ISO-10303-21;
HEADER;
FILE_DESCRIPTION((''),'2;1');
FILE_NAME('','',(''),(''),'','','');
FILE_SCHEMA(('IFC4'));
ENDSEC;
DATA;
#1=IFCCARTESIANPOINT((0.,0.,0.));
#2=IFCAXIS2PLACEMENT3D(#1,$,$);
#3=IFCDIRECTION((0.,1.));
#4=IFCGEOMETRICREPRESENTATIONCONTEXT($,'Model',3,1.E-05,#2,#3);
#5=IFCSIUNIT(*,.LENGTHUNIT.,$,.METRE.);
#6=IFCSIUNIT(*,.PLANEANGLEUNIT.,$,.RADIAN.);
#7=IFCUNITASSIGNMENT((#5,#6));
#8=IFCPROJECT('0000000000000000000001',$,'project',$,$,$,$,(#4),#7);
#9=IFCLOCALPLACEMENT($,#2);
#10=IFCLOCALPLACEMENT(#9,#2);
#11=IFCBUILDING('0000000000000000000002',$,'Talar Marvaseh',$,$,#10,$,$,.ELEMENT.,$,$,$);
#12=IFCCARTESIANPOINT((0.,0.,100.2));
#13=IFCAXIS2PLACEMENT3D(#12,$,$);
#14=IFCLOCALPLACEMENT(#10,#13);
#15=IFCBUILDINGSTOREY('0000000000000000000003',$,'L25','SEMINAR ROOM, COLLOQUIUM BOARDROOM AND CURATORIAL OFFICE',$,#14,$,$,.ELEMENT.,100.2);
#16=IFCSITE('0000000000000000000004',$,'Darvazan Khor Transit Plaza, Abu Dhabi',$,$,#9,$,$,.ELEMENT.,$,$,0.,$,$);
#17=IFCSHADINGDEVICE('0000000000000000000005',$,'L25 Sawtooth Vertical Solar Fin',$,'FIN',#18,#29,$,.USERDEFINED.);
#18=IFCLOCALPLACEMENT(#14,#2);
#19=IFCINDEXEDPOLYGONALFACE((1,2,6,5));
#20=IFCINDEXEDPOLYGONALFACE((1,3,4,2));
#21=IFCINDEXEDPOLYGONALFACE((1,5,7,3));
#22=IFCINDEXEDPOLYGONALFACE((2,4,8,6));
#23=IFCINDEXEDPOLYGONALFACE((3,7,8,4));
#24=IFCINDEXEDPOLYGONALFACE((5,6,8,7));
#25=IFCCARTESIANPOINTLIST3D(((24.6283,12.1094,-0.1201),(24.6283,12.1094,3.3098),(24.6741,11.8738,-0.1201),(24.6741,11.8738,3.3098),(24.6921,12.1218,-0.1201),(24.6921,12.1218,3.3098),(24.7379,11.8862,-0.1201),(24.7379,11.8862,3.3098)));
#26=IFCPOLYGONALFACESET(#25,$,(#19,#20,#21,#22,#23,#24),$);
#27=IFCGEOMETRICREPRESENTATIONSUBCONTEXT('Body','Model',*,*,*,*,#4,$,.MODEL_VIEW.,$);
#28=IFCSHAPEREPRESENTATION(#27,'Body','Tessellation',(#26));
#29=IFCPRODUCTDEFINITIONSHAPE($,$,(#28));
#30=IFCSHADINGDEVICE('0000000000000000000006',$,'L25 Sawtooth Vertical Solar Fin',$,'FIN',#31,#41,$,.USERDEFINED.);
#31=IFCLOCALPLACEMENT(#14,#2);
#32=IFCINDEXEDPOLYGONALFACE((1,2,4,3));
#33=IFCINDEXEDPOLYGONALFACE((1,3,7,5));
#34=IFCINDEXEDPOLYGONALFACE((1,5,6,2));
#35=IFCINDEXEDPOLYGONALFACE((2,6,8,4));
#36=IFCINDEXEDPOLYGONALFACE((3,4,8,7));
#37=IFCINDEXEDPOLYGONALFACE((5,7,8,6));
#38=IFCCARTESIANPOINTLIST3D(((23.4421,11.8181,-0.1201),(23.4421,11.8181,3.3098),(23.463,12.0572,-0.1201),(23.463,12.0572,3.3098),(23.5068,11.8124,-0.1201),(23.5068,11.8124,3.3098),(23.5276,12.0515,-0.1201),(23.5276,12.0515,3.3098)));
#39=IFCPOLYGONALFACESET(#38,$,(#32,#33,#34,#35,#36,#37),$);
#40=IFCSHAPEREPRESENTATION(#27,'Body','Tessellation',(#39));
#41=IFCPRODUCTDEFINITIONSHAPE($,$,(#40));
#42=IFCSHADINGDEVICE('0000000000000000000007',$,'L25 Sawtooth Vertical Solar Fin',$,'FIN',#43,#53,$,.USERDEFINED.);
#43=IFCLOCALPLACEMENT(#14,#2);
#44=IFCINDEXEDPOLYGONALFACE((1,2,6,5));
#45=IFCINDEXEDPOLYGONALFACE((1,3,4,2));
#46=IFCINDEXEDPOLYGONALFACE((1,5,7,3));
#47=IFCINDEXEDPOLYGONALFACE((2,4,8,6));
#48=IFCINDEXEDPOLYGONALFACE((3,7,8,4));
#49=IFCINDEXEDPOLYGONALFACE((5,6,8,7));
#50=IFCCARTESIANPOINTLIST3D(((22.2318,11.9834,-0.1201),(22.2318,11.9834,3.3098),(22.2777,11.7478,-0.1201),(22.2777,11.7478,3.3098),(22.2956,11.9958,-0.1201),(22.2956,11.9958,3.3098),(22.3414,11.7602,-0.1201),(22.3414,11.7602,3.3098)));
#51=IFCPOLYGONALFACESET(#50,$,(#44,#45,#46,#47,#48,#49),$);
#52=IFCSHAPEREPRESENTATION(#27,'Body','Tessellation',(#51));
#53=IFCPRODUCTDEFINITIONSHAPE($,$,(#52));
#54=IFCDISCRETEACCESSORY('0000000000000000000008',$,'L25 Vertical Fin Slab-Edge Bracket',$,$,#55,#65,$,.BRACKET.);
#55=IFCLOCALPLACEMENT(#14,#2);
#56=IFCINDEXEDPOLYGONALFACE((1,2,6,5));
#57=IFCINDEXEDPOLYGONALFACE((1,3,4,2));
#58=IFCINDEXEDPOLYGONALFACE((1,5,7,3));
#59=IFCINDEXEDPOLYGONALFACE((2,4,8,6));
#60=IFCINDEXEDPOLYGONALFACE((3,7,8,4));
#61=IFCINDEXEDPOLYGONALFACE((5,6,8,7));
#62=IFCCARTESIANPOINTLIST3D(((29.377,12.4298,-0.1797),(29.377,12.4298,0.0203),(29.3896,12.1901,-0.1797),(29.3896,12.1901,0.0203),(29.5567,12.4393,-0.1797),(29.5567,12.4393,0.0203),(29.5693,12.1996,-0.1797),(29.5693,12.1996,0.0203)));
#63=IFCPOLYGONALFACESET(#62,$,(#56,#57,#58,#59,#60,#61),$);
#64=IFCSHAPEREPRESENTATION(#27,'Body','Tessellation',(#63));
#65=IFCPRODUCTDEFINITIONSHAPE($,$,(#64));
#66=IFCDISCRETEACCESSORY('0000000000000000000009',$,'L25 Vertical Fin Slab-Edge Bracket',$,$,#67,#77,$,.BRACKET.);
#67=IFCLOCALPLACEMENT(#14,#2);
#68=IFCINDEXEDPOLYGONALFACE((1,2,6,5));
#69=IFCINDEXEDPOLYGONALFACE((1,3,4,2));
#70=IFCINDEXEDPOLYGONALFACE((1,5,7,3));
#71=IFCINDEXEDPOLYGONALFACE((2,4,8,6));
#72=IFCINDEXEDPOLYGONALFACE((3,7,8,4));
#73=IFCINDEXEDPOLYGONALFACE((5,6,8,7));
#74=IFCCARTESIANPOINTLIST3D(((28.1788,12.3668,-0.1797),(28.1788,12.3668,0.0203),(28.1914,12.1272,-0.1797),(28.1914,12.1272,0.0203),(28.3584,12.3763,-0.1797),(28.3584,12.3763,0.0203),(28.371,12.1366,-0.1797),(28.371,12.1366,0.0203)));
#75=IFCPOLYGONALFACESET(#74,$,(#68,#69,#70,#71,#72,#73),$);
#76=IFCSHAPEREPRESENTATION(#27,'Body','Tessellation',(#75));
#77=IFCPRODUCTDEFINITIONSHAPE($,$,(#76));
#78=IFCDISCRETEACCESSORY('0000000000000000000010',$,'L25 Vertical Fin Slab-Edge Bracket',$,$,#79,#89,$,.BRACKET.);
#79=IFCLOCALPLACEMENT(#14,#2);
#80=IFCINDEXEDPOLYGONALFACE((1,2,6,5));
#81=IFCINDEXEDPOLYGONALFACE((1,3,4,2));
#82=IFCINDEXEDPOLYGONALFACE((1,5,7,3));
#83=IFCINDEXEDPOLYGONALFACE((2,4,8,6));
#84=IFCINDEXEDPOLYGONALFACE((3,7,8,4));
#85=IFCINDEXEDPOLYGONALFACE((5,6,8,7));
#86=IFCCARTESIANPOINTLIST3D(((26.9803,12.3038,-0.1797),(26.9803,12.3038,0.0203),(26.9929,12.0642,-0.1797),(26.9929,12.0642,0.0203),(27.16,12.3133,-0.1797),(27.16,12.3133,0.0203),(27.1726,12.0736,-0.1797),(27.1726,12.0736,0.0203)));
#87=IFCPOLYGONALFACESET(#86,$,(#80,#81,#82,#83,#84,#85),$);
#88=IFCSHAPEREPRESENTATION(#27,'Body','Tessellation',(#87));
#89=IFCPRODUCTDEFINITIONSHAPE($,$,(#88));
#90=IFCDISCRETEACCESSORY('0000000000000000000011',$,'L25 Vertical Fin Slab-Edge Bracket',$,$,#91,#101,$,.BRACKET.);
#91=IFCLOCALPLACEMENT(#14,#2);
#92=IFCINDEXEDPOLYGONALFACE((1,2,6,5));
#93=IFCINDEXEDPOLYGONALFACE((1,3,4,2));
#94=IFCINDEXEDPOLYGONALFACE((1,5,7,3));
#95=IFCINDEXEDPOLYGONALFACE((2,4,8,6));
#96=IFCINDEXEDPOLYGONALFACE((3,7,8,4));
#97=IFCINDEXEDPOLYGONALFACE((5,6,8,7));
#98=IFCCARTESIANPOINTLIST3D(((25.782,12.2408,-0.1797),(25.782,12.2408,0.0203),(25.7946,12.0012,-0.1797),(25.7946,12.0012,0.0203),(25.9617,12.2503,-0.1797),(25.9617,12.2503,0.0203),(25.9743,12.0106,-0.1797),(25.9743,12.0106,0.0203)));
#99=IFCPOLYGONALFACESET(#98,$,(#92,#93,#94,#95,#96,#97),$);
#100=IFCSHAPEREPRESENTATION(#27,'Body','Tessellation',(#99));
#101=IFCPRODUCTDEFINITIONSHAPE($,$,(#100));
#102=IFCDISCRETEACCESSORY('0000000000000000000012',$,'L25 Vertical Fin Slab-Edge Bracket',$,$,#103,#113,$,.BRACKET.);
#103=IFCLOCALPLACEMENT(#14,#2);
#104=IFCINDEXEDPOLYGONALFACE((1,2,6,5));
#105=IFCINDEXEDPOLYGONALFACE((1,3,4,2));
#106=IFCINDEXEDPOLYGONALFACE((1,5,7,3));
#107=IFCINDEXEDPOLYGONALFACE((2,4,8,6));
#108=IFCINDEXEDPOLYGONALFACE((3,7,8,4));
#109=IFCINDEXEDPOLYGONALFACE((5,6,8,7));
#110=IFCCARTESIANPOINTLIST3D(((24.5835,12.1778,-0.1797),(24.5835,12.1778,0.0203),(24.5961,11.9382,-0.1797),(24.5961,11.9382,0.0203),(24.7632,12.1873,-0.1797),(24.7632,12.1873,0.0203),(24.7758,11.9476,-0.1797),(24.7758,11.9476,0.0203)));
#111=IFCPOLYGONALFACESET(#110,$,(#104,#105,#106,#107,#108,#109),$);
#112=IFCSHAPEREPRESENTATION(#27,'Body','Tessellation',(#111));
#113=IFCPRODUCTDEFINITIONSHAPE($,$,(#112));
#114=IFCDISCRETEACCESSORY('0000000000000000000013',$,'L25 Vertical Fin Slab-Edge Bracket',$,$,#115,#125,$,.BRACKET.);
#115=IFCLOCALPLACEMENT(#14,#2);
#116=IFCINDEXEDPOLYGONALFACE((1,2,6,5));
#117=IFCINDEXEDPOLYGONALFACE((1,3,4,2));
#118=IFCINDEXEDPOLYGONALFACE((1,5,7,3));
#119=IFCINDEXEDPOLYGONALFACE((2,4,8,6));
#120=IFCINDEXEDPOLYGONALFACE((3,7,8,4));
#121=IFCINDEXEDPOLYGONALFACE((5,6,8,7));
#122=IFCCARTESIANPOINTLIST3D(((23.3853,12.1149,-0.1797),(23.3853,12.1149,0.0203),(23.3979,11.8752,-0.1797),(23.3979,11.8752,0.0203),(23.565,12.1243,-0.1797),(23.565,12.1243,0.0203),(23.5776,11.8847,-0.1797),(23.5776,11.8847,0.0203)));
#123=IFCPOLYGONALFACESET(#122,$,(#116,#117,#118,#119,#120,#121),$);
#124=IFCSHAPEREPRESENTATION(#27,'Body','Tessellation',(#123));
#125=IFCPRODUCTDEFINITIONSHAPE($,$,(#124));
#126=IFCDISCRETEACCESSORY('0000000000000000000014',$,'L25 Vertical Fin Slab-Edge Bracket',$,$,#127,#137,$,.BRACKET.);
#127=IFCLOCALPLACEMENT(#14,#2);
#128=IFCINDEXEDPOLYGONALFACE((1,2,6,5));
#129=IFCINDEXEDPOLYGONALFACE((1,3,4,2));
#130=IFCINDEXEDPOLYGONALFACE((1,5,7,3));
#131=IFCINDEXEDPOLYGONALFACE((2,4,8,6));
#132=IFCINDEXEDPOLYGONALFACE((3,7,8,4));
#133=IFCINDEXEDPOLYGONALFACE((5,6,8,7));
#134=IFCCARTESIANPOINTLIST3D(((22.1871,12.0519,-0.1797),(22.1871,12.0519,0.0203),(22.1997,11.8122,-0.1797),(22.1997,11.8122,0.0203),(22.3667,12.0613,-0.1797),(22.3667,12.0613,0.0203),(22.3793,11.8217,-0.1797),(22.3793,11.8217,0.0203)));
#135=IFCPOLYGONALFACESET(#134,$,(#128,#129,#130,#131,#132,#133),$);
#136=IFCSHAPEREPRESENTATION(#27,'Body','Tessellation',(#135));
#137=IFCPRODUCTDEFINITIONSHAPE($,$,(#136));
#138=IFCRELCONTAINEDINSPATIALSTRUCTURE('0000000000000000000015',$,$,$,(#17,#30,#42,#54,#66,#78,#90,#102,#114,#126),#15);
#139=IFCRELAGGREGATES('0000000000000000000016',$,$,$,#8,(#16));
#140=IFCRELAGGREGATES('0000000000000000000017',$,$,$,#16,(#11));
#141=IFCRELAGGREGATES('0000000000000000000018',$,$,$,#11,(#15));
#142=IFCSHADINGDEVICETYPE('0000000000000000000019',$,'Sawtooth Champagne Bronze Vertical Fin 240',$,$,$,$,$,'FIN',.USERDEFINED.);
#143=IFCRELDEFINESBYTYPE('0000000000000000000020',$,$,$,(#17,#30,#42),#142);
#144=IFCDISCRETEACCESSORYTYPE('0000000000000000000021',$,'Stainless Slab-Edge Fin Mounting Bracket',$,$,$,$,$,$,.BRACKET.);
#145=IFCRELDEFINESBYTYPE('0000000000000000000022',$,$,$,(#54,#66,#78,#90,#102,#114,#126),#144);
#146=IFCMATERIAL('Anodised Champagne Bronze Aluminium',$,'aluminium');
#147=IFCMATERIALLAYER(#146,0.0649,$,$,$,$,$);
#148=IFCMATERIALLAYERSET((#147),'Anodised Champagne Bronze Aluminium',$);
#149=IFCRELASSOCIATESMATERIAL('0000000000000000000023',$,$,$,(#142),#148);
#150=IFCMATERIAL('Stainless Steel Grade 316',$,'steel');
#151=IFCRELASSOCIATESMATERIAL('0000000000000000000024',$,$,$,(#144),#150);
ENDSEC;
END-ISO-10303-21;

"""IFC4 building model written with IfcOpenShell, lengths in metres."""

from ifc_helpers import new_model, si_unit, direction, frame, origin, origin_2d, place, context, subcontext, project, spatial, rectangle, extrude, source, transform, mapped, material, layer, layer_set, type_object, type_shapes, element, save


model = new_model("IFC4")

# Units and contexts
model_context = context("Model", 3, precision=1e-05, world=origin(), true_north=direction((0.0, 1.0)))
body_context = subcontext(model_context, "Body", "Model", "MODEL_VIEW")
ifc_project = project(units=[si_unit("LENGTHUNIT", "METRE"), si_unit("PLANEANGLEUNIT", "RADIAN")], contexts=[model_context])

# Site, building, storey
site_placement = place(None, origin())
site = spatial("IfcSite", under=ifc_project, at=site_placement, Name="Darvazan Khor Transit Plaza, Abu Dhabi", CompositionType="ELEMENT", RefElevation=0.0)
building_placement = place(site_placement, origin())
building = spatial("IfcBuilding", under=site, at=building_placement, Name="Talar Marvaseh", CompositionType="ELEMENT")
storey_placement = place(building_placement, frame((0.0, 0.0, 100.2)))
storey = spatial("IfcBuildingStorey", under=building, at=storey_placement, Name="L25", Description="SEMINAR ROOM, COLLOQUIUM BOARDROOM AND CURATORIAL OFFICE", CompositionType="ELEMENT", Elevation=100.2)

# Shading devices
ifc_material_1 = material(Name="Anodised Champagne Bronze Aluminium", Category="aluminium")
ifc_layer_1 = layer(ifc_material_1, 0.0649)
ifc_layer_set_1 = layer_set([ifc_layer_1], Name="Anodised Champagne Bronze Aluminium")
shading_device_type = type_object("IfcShadingDeviceType", Name="Sawtooth Champagne Bronze Vertical Fin 240", ElementType="FIN", PredefinedType="USERDEFINED", material=ifc_layer_set_1)
shared_shape_1 = source(origin(), body_context, "Body", "SweptSolid", [
    extrude(rectangle(XDim=0.24, YDim=0.0649, at=origin_2d()), origin(), (0.0, 0.0, 1.0), 3.4299),
])
type_shapes(shading_device_type, [shared_shape_1])
for number, where, z_axis, x_axis, name in (
    (1, (24.6831, 11.9978, -0.1201), (0.0, 0.0, 1.0), (0.19098, -0.981594, 0.0), "L25 Sawtooth Vertical Solar Fin"),
    (2, (23.4849, 11.9348, -0.1201), (0.0, 0.0, 1.0), (-0.086982, -0.99621, 0.0), "L25 Sawtooth Vertical Solar Fin"),
    (3, (22.2866, 11.8718, -0.1201), (0.0, 0.0, 1.0), (0.19098, -0.981594, 0.0), "L25 Sawtooth Vertical Solar Fin"),
):
    element("IfcShadingDevice", number, at=place(storey_placement, frame(where, z_axis=z_axis, x_axis=x_axis)), inside=storey, type_object=shading_device_type, Name=name, ObjectType="FIN", PredefinedType="USERDEFINED", context=body_context, shape_type="MappedRepresentation", body=[
        mapped(shared_shape_1, transform((0.0, 0.0, 0.0), x_axis=(1.0, 0.0, 0.0), y_axis=(0.0, 1.0, 0.0), z_axis=(0.0, 0.0, 1.0), scale=1.0)),
    ])

# Discrete accessories
ifc_material_2 = material(Name="Stainless Steel Grade 316", Category="steel")
discrete_accessory_type = type_object("IfcDiscreteAccessoryType", Name="Stainless Slab-Edge Fin Mounting Bracket", PredefinedType="BRACKET", material=ifc_material_2)
shared_shape_2 = source(origin(), body_context, "Body", "SweptSolid", [
    extrude(rectangle(XDim=0.24, YDim=0.1799, at=origin_2d()), origin(), (0.0, 0.0, 1.0), 0.2),
])
type_shapes(discrete_accessory_type, [shared_shape_2])
for number, where, z_axis, x_axis, name in (
    (4, (29.4731, 12.3147, -0.1797), (0.0, 0.0, 1.0), (0.05251, -0.99862, 0.0), "L25 Vertical Fin Slab-Edge Bracket"),
    (5, (28.2749, 12.2517, -0.1797), (0.0, 0.0, 1.0), (0.05251, -0.99862, 0.0), "L25 Vertical Fin Slab-Edge Bracket"),
    (6, (27.0764, 12.1887, -0.1797), (0.0, 0.0, 1.0), (0.05251, -0.99862, 0.0), "L25 Vertical Fin Slab-Edge Bracket"),
    (7, (25.8782, 12.1257, -0.1797), (0.0, 0.0, 1.0), (0.05251, -0.99862, 0.0), "L25 Vertical Fin Slab-Edge Bracket"),
    (8, (24.6797, 12.0627, -0.1797), (0.0, 0.0, 1.0), (0.05251, -0.99862, 0.0), "L25 Vertical Fin Slab-Edge Bracket"),
    (9, (23.4814, 11.9998, -0.1797), (0.0, 0.0, 1.0), (0.05251, -0.99862, 0.0), "L25 Vertical Fin Slab-Edge Bracket"),
    (10, (22.2832, 11.9368, -0.1797), (0.0, 0.0, 1.0), (0.05251, -0.99862, 0.0), "L25 Vertical Fin Slab-Edge Bracket"),
):
    element("IfcDiscreteAccessory", number, at=place(storey_placement, frame(where, z_axis=z_axis, x_axis=x_axis)), inside=storey, type_object=discrete_accessory_type, Name=name, PredefinedType="BRACKET", context=body_context, shape_type="MappedRepresentation", body=[
        mapped(shared_shape_2, transform((0.0, 0.0, 0.0), x_axis=(1.0, 0.0, 0.0), y_axis=(0.0, 1.0, 0.0), z_axis=(0.0, 0.0, 1.0), scale=1.0)),
    ])

save(model, "model.ifc")
